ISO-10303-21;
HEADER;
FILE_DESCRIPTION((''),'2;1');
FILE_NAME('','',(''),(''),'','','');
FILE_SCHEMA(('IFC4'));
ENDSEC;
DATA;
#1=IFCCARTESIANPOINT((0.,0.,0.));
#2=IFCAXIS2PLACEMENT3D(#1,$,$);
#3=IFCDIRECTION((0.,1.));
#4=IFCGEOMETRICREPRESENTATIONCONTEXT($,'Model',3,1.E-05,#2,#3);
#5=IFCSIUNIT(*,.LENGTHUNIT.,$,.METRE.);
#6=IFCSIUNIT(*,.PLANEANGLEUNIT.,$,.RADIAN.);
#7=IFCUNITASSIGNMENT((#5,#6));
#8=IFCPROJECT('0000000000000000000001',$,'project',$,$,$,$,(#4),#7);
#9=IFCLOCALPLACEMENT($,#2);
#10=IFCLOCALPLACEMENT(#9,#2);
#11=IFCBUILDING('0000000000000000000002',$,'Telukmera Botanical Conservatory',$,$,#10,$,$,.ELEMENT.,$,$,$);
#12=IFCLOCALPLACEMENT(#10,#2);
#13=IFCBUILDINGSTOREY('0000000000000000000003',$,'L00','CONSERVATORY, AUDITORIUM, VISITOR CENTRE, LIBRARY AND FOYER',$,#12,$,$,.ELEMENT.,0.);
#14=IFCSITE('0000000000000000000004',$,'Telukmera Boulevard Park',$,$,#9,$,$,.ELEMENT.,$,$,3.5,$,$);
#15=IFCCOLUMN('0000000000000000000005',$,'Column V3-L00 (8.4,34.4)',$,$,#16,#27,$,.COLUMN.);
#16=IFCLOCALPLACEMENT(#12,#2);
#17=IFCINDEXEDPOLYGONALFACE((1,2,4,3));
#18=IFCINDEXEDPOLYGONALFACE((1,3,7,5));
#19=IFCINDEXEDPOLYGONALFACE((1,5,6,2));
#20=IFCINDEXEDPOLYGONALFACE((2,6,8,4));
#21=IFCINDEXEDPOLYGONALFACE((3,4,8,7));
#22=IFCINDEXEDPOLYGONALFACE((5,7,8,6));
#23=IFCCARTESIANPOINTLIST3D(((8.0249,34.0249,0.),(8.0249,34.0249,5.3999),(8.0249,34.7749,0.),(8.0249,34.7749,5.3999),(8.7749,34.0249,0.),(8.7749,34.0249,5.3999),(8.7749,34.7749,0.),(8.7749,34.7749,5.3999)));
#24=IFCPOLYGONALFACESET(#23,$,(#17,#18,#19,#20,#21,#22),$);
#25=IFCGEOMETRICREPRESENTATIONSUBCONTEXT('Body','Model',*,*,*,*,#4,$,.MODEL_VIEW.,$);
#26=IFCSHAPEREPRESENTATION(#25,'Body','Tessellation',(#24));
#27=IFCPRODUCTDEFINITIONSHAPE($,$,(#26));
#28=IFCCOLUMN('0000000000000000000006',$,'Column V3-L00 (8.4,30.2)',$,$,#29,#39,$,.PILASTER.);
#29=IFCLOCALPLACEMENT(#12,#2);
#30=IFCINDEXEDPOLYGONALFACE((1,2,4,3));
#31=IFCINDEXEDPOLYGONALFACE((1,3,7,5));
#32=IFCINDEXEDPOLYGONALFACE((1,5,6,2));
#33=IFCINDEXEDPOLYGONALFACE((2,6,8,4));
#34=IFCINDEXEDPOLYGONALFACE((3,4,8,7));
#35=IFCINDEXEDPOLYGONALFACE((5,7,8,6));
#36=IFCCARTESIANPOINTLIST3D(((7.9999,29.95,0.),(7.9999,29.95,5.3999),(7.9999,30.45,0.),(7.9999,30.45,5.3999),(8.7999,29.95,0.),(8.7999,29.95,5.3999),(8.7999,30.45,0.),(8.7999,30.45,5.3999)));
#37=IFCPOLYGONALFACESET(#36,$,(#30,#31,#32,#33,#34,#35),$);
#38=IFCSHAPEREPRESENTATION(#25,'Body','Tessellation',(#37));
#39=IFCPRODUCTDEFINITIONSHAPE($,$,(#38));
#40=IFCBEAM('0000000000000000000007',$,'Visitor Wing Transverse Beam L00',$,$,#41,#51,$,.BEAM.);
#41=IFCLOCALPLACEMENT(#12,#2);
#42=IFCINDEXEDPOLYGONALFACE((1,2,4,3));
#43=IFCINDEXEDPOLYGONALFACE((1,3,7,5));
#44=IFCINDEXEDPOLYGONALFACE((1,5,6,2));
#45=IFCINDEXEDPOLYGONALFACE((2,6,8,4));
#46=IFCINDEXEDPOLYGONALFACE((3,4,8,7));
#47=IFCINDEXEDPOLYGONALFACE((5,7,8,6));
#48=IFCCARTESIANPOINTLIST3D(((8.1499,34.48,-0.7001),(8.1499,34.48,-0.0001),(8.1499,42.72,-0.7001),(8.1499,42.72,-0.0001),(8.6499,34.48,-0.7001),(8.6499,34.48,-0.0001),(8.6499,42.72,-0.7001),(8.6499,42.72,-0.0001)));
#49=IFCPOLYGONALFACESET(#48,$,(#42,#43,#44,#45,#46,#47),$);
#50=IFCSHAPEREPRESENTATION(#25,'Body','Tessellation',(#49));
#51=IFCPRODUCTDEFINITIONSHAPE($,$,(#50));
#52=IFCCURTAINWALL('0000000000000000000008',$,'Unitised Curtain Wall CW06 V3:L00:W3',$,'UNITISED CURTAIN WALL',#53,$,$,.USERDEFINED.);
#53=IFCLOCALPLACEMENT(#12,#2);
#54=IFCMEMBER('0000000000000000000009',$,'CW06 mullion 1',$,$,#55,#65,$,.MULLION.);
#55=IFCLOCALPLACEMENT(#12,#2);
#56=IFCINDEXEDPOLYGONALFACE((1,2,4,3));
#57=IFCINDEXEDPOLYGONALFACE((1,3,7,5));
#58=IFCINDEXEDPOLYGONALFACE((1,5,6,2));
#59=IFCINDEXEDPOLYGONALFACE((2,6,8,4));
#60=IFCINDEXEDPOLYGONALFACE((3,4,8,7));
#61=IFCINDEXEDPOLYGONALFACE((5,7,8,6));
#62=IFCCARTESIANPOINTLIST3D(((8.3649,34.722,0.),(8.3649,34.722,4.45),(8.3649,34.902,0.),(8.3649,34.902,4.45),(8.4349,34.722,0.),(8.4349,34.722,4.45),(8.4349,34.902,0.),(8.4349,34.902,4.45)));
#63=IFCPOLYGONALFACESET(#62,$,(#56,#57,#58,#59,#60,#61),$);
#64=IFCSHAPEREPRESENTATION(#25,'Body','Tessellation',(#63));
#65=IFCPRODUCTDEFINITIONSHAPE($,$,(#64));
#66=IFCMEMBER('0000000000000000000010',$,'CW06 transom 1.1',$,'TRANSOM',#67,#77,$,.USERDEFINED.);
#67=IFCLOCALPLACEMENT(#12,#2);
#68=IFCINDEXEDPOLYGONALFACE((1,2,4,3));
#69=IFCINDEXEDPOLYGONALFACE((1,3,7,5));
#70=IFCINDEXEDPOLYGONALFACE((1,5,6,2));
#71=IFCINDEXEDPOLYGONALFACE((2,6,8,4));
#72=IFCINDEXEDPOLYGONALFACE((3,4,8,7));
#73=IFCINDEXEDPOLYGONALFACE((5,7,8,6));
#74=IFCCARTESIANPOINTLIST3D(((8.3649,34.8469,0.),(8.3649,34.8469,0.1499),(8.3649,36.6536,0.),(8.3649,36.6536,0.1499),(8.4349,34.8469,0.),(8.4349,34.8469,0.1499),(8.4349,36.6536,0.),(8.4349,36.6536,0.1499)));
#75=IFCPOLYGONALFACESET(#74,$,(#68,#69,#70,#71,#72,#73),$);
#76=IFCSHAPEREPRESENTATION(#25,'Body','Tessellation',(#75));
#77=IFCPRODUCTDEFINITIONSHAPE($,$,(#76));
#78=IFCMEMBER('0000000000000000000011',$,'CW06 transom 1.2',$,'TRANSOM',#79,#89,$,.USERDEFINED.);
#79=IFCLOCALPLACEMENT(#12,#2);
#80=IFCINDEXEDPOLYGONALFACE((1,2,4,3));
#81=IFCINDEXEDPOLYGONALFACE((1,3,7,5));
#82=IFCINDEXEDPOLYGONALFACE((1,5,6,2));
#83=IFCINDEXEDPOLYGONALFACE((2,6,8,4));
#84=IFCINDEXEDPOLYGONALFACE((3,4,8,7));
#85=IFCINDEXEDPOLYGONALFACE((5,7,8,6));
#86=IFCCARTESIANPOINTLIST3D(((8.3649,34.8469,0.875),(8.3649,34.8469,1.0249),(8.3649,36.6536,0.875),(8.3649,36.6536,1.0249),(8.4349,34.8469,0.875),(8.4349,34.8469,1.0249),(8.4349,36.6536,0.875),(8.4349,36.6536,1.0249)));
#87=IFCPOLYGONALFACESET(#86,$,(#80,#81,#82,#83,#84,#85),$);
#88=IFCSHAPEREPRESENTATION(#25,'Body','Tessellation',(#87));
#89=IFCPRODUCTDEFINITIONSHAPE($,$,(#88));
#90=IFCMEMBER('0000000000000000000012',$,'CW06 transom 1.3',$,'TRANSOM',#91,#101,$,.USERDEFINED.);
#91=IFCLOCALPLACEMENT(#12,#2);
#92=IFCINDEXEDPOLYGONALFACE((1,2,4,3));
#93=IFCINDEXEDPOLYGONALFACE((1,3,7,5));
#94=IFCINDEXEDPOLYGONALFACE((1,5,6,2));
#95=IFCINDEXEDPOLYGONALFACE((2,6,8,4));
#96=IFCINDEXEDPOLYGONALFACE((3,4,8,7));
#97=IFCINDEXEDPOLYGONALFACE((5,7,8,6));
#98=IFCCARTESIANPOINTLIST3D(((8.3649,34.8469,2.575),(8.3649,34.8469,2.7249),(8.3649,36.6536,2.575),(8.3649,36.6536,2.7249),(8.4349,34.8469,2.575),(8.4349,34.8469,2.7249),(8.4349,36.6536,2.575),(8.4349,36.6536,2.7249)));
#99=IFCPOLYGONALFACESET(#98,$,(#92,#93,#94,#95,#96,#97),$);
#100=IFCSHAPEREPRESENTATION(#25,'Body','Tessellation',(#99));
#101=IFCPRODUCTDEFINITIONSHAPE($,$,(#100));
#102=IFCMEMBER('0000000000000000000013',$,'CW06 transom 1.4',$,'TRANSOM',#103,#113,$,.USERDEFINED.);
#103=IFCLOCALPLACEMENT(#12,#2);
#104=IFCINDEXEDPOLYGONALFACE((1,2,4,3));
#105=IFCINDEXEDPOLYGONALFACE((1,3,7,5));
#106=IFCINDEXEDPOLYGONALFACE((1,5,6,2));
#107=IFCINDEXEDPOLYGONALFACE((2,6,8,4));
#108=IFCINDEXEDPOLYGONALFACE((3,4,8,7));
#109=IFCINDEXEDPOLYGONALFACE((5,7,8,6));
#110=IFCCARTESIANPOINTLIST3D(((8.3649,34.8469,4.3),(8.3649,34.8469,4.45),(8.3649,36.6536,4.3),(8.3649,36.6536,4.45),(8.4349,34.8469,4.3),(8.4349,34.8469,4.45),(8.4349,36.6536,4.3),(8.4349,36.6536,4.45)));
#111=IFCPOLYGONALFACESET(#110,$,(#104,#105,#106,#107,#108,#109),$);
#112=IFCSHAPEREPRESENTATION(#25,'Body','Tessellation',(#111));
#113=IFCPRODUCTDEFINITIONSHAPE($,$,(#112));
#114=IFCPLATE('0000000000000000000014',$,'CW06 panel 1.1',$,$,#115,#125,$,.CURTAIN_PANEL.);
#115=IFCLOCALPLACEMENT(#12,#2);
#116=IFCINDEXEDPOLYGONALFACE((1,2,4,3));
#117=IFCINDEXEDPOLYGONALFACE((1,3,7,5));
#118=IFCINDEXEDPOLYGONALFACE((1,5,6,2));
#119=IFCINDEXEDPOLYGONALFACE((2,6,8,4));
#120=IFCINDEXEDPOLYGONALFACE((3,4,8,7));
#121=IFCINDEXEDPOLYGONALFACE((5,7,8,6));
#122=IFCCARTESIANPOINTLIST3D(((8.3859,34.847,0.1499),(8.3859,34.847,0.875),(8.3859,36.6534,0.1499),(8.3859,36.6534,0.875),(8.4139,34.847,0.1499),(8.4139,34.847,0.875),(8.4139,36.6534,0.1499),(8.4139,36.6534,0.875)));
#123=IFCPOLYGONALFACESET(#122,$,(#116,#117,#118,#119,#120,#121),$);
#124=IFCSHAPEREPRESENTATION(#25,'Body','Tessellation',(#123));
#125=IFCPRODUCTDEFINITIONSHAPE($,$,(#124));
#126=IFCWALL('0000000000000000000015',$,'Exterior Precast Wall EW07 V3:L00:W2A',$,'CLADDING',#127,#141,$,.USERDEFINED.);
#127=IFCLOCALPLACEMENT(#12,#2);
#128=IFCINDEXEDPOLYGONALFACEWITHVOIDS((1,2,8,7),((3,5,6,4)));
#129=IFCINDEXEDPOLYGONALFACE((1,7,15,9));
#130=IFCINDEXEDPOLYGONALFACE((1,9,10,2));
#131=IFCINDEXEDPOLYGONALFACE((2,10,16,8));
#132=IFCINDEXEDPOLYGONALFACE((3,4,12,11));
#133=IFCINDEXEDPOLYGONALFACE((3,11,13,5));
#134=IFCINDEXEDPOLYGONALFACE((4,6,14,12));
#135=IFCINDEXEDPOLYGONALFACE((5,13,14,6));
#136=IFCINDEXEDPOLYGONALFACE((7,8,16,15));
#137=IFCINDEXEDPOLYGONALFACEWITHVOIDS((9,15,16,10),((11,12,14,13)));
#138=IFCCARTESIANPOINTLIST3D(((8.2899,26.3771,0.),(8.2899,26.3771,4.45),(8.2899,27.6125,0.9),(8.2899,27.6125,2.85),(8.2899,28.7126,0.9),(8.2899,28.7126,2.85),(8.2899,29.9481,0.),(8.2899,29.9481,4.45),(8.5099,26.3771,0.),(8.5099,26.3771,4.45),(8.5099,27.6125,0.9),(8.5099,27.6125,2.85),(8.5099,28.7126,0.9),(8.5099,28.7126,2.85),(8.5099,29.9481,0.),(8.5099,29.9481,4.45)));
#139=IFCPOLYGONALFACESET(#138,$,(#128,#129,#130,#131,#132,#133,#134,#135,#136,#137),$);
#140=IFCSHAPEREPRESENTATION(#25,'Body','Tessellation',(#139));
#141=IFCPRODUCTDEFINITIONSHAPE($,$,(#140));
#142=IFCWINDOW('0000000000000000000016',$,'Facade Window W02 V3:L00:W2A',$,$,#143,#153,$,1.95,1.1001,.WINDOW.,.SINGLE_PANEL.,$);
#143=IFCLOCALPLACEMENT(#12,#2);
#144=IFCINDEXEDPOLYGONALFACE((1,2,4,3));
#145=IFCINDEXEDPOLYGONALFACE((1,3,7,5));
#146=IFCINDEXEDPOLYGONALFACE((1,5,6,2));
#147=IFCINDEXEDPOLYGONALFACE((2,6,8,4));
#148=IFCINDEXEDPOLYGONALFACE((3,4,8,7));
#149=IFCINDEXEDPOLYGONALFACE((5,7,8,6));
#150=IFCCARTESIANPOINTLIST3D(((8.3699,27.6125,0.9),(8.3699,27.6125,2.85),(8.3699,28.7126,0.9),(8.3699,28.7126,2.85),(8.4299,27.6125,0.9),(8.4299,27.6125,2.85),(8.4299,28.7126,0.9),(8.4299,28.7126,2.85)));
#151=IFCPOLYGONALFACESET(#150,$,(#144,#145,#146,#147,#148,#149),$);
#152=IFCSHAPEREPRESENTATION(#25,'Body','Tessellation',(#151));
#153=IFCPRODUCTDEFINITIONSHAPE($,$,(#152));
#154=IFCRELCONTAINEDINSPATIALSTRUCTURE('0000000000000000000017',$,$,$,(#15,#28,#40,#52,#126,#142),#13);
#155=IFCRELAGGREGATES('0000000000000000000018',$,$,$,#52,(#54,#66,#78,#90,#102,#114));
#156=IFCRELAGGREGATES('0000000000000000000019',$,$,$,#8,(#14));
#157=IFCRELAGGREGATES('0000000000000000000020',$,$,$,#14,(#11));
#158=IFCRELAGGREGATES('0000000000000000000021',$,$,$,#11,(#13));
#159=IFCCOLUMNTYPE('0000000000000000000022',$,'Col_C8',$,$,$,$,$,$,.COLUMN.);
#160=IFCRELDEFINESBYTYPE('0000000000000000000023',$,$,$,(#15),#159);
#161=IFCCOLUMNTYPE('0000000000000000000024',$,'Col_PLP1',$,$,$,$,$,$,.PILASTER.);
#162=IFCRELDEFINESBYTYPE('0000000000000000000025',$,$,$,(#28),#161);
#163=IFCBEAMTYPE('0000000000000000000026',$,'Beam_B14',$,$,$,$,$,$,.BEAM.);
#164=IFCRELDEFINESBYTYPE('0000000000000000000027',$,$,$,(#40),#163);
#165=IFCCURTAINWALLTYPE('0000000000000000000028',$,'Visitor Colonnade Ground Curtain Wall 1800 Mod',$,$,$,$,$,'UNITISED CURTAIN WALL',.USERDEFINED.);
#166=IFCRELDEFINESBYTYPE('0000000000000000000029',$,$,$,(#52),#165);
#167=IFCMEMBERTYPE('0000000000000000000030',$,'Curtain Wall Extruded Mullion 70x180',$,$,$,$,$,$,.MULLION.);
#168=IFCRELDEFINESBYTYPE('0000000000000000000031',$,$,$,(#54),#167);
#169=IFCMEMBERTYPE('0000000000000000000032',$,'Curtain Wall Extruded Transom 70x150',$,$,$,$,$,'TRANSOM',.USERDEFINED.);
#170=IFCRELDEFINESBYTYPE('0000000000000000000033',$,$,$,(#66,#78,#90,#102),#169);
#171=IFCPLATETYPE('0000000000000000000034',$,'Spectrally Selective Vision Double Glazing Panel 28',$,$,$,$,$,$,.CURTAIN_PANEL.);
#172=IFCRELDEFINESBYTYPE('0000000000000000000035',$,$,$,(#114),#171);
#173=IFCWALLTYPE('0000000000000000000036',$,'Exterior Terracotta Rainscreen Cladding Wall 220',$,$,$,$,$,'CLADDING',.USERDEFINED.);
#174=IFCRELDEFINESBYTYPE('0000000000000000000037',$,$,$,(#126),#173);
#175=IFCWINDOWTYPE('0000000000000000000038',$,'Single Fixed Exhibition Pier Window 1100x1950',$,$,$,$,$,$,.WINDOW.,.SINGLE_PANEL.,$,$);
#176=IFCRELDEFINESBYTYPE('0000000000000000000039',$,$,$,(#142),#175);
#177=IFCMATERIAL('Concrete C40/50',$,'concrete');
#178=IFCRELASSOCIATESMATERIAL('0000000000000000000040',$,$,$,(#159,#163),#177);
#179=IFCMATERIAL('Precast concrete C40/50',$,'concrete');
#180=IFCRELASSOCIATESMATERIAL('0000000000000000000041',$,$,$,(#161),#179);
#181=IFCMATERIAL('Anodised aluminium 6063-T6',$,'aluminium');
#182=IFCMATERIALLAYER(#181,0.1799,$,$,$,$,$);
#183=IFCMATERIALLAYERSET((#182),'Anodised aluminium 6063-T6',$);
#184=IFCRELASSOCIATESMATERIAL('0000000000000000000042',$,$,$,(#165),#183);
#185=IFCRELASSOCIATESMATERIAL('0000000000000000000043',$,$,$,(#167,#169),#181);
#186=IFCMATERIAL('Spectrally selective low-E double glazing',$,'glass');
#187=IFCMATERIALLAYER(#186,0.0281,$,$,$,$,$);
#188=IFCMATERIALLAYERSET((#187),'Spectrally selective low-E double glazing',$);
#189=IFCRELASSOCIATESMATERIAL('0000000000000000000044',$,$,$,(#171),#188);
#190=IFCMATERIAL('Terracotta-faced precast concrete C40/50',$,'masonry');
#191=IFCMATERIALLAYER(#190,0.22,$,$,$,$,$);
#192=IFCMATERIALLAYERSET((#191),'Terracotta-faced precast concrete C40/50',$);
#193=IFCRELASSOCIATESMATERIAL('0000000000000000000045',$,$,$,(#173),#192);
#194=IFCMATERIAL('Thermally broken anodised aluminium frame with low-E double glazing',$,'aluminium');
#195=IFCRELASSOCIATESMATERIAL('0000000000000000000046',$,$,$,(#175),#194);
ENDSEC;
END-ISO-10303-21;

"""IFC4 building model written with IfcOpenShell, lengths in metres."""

from ifc_helpers import new_model, si_unit, direction, frame, frame_2d, origin, origin_2d, place, context, subcontext, project, spatial, rectangle, extrude, material, layer, layer_set, material_profile, profile_set, type_object, element, fill, aggregate, save


model = new_model("IFC4")

# Units and contexts
model_context = context("Model", 3, precision=1e-05, world=origin(), true_north=direction((0.0, 1.0)))
body_context = subcontext(model_context, "Body", "Model", "MODEL_VIEW")
ifc_project = project(units=[si_unit("LENGTHUNIT", "METRE"), si_unit("PLANEANGLEUNIT", "RADIAN")], contexts=[model_context])

# Site, building, storey
site_placement = place(None, origin())
site = spatial("IfcSite", under=ifc_project, at=site_placement, Name="Telukmera Boulevard Park", CompositionType="ELEMENT", RefElevation=3.5)
building_placement = place(site_placement, origin())
building = spatial("IfcBuilding", under=site, at=building_placement, Name="Telukmera Botanical Conservatory", CompositionType="ELEMENT")
storey_placement = place(building_placement, origin())
storey = spatial("IfcBuildingStorey", under=building, at=storey_placement, Name="L00", Description="CONSERVATORY, AUDITORIUM, VISITOR CENTRE, LIBRARY AND FOYER", CompositionType="ELEMENT", Elevation=0.0)

# Columns
ifc_material_1 = material(Name="Concrete C40/50", Category="concrete")
ifc_material_profile_1 = material_profile(ifc_material_1, rectangle(XDim=0.75, YDim=0.75, at=origin_2d()), Name="RC 750x750")
ifc_profile_set_1 = profile_set([ifc_material_profile_1], Name="Concrete C40/50")
column_type_1 = type_object("IfcColumnType", Name="Col_C8", PredefinedType="COLUMN", material=ifc_profile_set_1)
column_1_placement = place(storey_placement, frame((8.3999, 34.3999, 0.0), z_axis=(0.0, 0.0, 1.0), x_axis=(1.0, 0.0, 0.0)))
element("IfcColumn", 1, at=column_1_placement, inside=storey, type_object=column_type_1, Name="Column V3-L00 (8.4,34.4)", PredefinedType="COLUMN", context=body_context, shape_type="SweptSolid", body=[
    extrude(rectangle(XDim=0.75, YDim=0.75, at=origin_2d()), origin(), (0.0, 0.0, 1.0), 5.3999),
])
ifc_material_2 = material(Name="Precast concrete C40/50", Category="concrete")
ifc_material_profile_2 = material_profile(ifc_material_2, rectangle(XDim=0.8, YDim=0.5, at=origin_2d()), Name="PC 800x500")
ifc_profile_set_2 = profile_set([ifc_material_profile_2], Name="Precast concrete C40/50")
column_type_2 = type_object("IfcColumnType", Name="Col_PLP1", PredefinedType="PILASTER", material=ifc_profile_set_2)
column_2_placement = place(storey_placement, frame((8.3999, 30.2, 0.0), z_axis=(0.0, 0.0, 1.0), x_axis=(1.0, 0.0, 0.0)))
element("IfcColumn", 2, at=column_2_placement, inside=storey, type_object=column_type_2, Name="Column V3-L00 (8.4,30.2)", PredefinedType="PILASTER", context=body_context, shape_type="SweptSolid", body=[
    extrude(rectangle(XDim=0.8, YDim=0.5, at=origin_2d()), origin(), (0.0, 0.0, 1.0), 5.3999),
])

# Beam
ifc_material_profile_3 = material_profile(ifc_material_1, rectangle(XDim=0.5, YDim=0.7, at=origin_2d()), Name="RC 500x700")
ifc_profile_set_3 = profile_set([ifc_material_profile_3], Name="Concrete C40/50")
beam_type = type_object("IfcBeamType", Name="Beam_B14", PredefinedType="BEAM", material=ifc_profile_set_3)
beam_placement = place(storey_placement, frame((8.3999, 34.48, -0.3501), z_axis=(0.0, 1.0, 0.0), x_axis=(-1.0, 0.0, 0.0)))
element("IfcBeam", 3, at=beam_placement, inside=storey, type_object=beam_type, Name="Visitor Wing Transverse Beam L00", PredefinedType="BEAM", context=body_context, shape_type="SweptSolid", body=[
    extrude(rectangle(XDim=0.5, YDim=0.7, at=origin_2d()), origin(), (0.0, 0.0, 1.0), 8.24),
])

# Curtain wall, members, plate
ifc_material_3 = material(Name="Anodised aluminium 6063-T6", Category="aluminium")
ifc_layer_1 = layer(ifc_material_3, 0.1799)
ifc_layer_set_1 = layer_set([ifc_layer_1], Name="Anodised aluminium 6063-T6")
curtain_wall_type = type_object("IfcCurtainWallType", Name="Visitor Colonnade Ground Curtain Wall 1800 Mod", ElementType="UNITISED CURTAIN WALL", PredefinedType="USERDEFINED", material=ifc_layer_set_1)
curtain_wall_placement = place(storey_placement, origin())
curtain_wall = element("IfcCurtainWall", 4, at=curtain_wall_placement, inside=storey, type_object=curtain_wall_type, Name="Unitised Curtain Wall CW06 V3:L00:W3", ObjectType="UNITISED CURTAIN WALL", PredefinedType="USERDEFINED")
ifc_material_profile_4 = material_profile(ifc_material_3, rectangle(XDim=0.0701, YDim=0.1799, at=origin_2d()), Name="ALU MULL 70x180")
ifc_profile_set_4 = profile_set([ifc_material_profile_4], Name="Anodised aluminium 6063-T6")
member_type_1 = type_object("IfcMemberType", Name="Curtain Wall Extruded Mullion 70x180", PredefinedType="MULLION", material=ifc_profile_set_4)
member_1_placement = place(storey_placement, frame((8.3999, 34.812, 0.0), z_axis=(0.0, 0.0, 1.0), x_axis=(-1.0, 0.0, 0.0)))
member_1 = element("IfcMember", 5, at=member_1_placement, type_object=member_type_1, Name="CW06 mullion 1", PredefinedType="MULLION", context=body_context, shape_type="SweptSolid", body=[
    extrude(rectangle(XDim=0.0701, YDim=0.1799, at=origin_2d()), origin(), (0.0, 0.0, 1.0), 4.45),
])
ifc_material_profile_5 = material_profile(ifc_material_3, rectangle(XDim=0.0701, YDim=0.1499, at=origin_2d()), Name="ALU TRAN 70x150")
ifc_profile_set_5 = profile_set([ifc_material_profile_5], Name="Anodised aluminium 6063-T6")
member_type_2 = type_object("IfcMemberType", Name="Curtain Wall Extruded Transom 70x150", ElementType="TRANSOM", PredefinedType="USERDEFINED", material=ifc_profile_set_5)
member_2_placement = place(storey_placement, frame((8.3999, 34.8469, 0.075), z_axis=(0.0, 1.0, 0.0), x_axis=(-1.0, 0.0, 0.0)))
member_2 = element("IfcMember", 6, at=member_2_placement, type_object=member_type_2, Name="CW06 transom 1.1", ObjectType="TRANSOM", PredefinedType="USERDEFINED", context=body_context, shape_type="SweptSolid", body=[
    extrude(rectangle(XDim=0.0701, YDim=0.1499, at=origin_2d()), origin(), (0.0, 0.0, 1.0), 1.8066),
])
member_3_placement = place(storey_placement, frame((8.3999, 34.8469, 0.95), z_axis=(0.0, 1.0, 0.0), x_axis=(-1.0, 0.0, 0.0)))
member_3 = element("IfcMember", 7, at=member_3_placement, type_object=member_type_2, Name="CW06 transom 1.2", ObjectType="TRANSOM", PredefinedType="USERDEFINED", context=body_context, shape_type="SweptSolid", body=[
    extrude(rectangle(XDim=0.0701, YDim=0.1499, at=origin_2d()), origin(), (0.0, 0.0, 1.0), 1.8066),
])
member_4_placement = place(storey_placement, frame((8.3999, 34.8469, 2.6499), z_axis=(0.0, 1.0, 0.0), x_axis=(-1.0, 0.0, 0.0)))
member_4 = element("IfcMember", 8, at=member_4_placement, type_object=member_type_2, Name="CW06 transom 1.3", ObjectType="TRANSOM", PredefinedType="USERDEFINED", context=body_context, shape_type="SweptSolid", body=[
    extrude(rectangle(XDim=0.0701, YDim=0.1499, at=origin_2d()), origin(), (0.0, 0.0, 1.0), 1.8066),
])
member_5_placement = place(storey_placement, frame((8.3999, 34.8469, 4.375), z_axis=(0.0, 1.0, 0.0), x_axis=(-1.0, 0.0, 0.0)))
member_5 = element("IfcMember", 9, at=member_5_placement, type_object=member_type_2, Name="CW06 transom 1.4", ObjectType="TRANSOM", PredefinedType="USERDEFINED", context=body_context, shape_type="SweptSolid", body=[
    extrude(rectangle(XDim=0.0701, YDim=0.1499, at=origin_2d()), origin(), (0.0, 0.0, 1.0), 1.8066),
])
ifc_material_4 = material(Name="Spectrally selective low-E double glazing", Category="glass")
ifc_layer_2 = layer(ifc_material_4, 0.0281)
ifc_layer_set_2 = layer_set([ifc_layer_2], Name="Spectrally selective low-E double glazing")
plate_type = type_object("IfcPlateType", Name="Spectrally Selective Vision Double Glazing Panel 28", PredefinedType="CURTAIN_PANEL", material=ifc_layer_set_2)
plate_placement = place(storey_placement, frame((8.3999, 35.7502, 0.1499), z_axis=(0.0, 0.0, 1.0), x_axis=(0.0, 1.0, 0.0)))
plate = element("IfcPlate", 10, at=plate_placement, type_object=plate_type, Name="CW06 panel 1.1", PredefinedType="CURTAIN_PANEL", context=body_context, shape_type="SweptSolid", body=[
    extrude(rectangle(XDim=1.8064, YDim=0.0281, at=origin_2d()), origin(), (0.0, 0.0, 1.0), 0.7251),
])
aggregate(curtain_wall, [member_1, member_2, member_3, member_4, member_5, plate])

# Wall, opening, window
ifc_material_5 = material(Name="Terracotta-faced precast concrete C40/50", Category="masonry")
ifc_layer_3 = layer(ifc_material_5, 0.22)
ifc_layer_set_3 = layer_set([ifc_layer_3], Name="Terracotta-faced precast concrete C40/50")
wall_type = type_object("IfcWallType", Name="Exterior Terracotta Rainscreen Cladding Wall 220", ElementType="CLADDING", PredefinedType="USERDEFINED", material=ifc_layer_set_3)
wall_1_placement = place(storey_placement, frame((8.3999, 26.377, 0.0), z_axis=(0.0, 0.0, 1.0), x_axis=(0.0, 1.0, 0.0)))
wall_1 = element("IfcWall", 11, at=wall_1_placement, inside=storey, type_object=wall_type, Name="Exterior Precast Wall EW07 V3:L00:W2A", ObjectType="CLADDING", PredefinedType="USERDEFINED", context=body_context, shape_type="SweptSolid", body=[
    extrude(rectangle(XDim=3.571, YDim=0.22, at=frame_2d((1.7856, 0.0))), origin(), (0.0, 0.0, 1.0), 4.45),
])
opening_1_placement = place(wall_1_placement, frame((1.2356, 0.0, 0.8999)))
opening_1 = element("IfcOpeningElement", 12, at=opening_1_placement, cuts=wall_1, PredefinedType="OPENING", context=body_context, shape_type="SweptSolid", body=[
    extrude(rectangle(XDim=1.1001, YDim=1.95, at=frame_2d((0.55, 0.9751))), frame((0.0, 0.1199, 0.0), z_axis=(0.0, -1.0, 0.0), x_axis=(1.0, 0.0, 0.0)), (0.0, 0.0, 1.0), 0.24),
])
ifc_material_6 = material(Name="Thermally broken anodised aluminium frame with low-E double glazing", Category="aluminium")
window_type_1 = type_object("IfcWindowType", Name="Single Fixed Exhibition Pier Window 1100x1950", PartitioningType="SINGLE_PANEL", PredefinedType="WINDOW", material=ifc_material_6)
window_1_placement = place(opening_1_placement, origin())
window_1 = element("IfcWindow", 13, at=window_1_placement, inside=storey, type_object=window_type_1, Name="Facade Window W02 V3:L00:W2A", OverallHeight=1.95, OverallWidth=1.1001, PartitioningType="SINGLE_PANEL", PredefinedType="WINDOW", context=body_context, shape_type="SweptSolid", body=[
    extrude(rectangle(XDim=1.1001, YDim=1.95, at=frame_2d((0.55, 0.9751))), frame((0.0, 0.03, 0.0), z_axis=(0.0, -1.0, 0.0), x_axis=(1.0, 0.0, 0.0)), (0.0, 0.0, 1.0), 0.0601),
])
fill(opening_1, window_1)

save(model, "model.ifc")
